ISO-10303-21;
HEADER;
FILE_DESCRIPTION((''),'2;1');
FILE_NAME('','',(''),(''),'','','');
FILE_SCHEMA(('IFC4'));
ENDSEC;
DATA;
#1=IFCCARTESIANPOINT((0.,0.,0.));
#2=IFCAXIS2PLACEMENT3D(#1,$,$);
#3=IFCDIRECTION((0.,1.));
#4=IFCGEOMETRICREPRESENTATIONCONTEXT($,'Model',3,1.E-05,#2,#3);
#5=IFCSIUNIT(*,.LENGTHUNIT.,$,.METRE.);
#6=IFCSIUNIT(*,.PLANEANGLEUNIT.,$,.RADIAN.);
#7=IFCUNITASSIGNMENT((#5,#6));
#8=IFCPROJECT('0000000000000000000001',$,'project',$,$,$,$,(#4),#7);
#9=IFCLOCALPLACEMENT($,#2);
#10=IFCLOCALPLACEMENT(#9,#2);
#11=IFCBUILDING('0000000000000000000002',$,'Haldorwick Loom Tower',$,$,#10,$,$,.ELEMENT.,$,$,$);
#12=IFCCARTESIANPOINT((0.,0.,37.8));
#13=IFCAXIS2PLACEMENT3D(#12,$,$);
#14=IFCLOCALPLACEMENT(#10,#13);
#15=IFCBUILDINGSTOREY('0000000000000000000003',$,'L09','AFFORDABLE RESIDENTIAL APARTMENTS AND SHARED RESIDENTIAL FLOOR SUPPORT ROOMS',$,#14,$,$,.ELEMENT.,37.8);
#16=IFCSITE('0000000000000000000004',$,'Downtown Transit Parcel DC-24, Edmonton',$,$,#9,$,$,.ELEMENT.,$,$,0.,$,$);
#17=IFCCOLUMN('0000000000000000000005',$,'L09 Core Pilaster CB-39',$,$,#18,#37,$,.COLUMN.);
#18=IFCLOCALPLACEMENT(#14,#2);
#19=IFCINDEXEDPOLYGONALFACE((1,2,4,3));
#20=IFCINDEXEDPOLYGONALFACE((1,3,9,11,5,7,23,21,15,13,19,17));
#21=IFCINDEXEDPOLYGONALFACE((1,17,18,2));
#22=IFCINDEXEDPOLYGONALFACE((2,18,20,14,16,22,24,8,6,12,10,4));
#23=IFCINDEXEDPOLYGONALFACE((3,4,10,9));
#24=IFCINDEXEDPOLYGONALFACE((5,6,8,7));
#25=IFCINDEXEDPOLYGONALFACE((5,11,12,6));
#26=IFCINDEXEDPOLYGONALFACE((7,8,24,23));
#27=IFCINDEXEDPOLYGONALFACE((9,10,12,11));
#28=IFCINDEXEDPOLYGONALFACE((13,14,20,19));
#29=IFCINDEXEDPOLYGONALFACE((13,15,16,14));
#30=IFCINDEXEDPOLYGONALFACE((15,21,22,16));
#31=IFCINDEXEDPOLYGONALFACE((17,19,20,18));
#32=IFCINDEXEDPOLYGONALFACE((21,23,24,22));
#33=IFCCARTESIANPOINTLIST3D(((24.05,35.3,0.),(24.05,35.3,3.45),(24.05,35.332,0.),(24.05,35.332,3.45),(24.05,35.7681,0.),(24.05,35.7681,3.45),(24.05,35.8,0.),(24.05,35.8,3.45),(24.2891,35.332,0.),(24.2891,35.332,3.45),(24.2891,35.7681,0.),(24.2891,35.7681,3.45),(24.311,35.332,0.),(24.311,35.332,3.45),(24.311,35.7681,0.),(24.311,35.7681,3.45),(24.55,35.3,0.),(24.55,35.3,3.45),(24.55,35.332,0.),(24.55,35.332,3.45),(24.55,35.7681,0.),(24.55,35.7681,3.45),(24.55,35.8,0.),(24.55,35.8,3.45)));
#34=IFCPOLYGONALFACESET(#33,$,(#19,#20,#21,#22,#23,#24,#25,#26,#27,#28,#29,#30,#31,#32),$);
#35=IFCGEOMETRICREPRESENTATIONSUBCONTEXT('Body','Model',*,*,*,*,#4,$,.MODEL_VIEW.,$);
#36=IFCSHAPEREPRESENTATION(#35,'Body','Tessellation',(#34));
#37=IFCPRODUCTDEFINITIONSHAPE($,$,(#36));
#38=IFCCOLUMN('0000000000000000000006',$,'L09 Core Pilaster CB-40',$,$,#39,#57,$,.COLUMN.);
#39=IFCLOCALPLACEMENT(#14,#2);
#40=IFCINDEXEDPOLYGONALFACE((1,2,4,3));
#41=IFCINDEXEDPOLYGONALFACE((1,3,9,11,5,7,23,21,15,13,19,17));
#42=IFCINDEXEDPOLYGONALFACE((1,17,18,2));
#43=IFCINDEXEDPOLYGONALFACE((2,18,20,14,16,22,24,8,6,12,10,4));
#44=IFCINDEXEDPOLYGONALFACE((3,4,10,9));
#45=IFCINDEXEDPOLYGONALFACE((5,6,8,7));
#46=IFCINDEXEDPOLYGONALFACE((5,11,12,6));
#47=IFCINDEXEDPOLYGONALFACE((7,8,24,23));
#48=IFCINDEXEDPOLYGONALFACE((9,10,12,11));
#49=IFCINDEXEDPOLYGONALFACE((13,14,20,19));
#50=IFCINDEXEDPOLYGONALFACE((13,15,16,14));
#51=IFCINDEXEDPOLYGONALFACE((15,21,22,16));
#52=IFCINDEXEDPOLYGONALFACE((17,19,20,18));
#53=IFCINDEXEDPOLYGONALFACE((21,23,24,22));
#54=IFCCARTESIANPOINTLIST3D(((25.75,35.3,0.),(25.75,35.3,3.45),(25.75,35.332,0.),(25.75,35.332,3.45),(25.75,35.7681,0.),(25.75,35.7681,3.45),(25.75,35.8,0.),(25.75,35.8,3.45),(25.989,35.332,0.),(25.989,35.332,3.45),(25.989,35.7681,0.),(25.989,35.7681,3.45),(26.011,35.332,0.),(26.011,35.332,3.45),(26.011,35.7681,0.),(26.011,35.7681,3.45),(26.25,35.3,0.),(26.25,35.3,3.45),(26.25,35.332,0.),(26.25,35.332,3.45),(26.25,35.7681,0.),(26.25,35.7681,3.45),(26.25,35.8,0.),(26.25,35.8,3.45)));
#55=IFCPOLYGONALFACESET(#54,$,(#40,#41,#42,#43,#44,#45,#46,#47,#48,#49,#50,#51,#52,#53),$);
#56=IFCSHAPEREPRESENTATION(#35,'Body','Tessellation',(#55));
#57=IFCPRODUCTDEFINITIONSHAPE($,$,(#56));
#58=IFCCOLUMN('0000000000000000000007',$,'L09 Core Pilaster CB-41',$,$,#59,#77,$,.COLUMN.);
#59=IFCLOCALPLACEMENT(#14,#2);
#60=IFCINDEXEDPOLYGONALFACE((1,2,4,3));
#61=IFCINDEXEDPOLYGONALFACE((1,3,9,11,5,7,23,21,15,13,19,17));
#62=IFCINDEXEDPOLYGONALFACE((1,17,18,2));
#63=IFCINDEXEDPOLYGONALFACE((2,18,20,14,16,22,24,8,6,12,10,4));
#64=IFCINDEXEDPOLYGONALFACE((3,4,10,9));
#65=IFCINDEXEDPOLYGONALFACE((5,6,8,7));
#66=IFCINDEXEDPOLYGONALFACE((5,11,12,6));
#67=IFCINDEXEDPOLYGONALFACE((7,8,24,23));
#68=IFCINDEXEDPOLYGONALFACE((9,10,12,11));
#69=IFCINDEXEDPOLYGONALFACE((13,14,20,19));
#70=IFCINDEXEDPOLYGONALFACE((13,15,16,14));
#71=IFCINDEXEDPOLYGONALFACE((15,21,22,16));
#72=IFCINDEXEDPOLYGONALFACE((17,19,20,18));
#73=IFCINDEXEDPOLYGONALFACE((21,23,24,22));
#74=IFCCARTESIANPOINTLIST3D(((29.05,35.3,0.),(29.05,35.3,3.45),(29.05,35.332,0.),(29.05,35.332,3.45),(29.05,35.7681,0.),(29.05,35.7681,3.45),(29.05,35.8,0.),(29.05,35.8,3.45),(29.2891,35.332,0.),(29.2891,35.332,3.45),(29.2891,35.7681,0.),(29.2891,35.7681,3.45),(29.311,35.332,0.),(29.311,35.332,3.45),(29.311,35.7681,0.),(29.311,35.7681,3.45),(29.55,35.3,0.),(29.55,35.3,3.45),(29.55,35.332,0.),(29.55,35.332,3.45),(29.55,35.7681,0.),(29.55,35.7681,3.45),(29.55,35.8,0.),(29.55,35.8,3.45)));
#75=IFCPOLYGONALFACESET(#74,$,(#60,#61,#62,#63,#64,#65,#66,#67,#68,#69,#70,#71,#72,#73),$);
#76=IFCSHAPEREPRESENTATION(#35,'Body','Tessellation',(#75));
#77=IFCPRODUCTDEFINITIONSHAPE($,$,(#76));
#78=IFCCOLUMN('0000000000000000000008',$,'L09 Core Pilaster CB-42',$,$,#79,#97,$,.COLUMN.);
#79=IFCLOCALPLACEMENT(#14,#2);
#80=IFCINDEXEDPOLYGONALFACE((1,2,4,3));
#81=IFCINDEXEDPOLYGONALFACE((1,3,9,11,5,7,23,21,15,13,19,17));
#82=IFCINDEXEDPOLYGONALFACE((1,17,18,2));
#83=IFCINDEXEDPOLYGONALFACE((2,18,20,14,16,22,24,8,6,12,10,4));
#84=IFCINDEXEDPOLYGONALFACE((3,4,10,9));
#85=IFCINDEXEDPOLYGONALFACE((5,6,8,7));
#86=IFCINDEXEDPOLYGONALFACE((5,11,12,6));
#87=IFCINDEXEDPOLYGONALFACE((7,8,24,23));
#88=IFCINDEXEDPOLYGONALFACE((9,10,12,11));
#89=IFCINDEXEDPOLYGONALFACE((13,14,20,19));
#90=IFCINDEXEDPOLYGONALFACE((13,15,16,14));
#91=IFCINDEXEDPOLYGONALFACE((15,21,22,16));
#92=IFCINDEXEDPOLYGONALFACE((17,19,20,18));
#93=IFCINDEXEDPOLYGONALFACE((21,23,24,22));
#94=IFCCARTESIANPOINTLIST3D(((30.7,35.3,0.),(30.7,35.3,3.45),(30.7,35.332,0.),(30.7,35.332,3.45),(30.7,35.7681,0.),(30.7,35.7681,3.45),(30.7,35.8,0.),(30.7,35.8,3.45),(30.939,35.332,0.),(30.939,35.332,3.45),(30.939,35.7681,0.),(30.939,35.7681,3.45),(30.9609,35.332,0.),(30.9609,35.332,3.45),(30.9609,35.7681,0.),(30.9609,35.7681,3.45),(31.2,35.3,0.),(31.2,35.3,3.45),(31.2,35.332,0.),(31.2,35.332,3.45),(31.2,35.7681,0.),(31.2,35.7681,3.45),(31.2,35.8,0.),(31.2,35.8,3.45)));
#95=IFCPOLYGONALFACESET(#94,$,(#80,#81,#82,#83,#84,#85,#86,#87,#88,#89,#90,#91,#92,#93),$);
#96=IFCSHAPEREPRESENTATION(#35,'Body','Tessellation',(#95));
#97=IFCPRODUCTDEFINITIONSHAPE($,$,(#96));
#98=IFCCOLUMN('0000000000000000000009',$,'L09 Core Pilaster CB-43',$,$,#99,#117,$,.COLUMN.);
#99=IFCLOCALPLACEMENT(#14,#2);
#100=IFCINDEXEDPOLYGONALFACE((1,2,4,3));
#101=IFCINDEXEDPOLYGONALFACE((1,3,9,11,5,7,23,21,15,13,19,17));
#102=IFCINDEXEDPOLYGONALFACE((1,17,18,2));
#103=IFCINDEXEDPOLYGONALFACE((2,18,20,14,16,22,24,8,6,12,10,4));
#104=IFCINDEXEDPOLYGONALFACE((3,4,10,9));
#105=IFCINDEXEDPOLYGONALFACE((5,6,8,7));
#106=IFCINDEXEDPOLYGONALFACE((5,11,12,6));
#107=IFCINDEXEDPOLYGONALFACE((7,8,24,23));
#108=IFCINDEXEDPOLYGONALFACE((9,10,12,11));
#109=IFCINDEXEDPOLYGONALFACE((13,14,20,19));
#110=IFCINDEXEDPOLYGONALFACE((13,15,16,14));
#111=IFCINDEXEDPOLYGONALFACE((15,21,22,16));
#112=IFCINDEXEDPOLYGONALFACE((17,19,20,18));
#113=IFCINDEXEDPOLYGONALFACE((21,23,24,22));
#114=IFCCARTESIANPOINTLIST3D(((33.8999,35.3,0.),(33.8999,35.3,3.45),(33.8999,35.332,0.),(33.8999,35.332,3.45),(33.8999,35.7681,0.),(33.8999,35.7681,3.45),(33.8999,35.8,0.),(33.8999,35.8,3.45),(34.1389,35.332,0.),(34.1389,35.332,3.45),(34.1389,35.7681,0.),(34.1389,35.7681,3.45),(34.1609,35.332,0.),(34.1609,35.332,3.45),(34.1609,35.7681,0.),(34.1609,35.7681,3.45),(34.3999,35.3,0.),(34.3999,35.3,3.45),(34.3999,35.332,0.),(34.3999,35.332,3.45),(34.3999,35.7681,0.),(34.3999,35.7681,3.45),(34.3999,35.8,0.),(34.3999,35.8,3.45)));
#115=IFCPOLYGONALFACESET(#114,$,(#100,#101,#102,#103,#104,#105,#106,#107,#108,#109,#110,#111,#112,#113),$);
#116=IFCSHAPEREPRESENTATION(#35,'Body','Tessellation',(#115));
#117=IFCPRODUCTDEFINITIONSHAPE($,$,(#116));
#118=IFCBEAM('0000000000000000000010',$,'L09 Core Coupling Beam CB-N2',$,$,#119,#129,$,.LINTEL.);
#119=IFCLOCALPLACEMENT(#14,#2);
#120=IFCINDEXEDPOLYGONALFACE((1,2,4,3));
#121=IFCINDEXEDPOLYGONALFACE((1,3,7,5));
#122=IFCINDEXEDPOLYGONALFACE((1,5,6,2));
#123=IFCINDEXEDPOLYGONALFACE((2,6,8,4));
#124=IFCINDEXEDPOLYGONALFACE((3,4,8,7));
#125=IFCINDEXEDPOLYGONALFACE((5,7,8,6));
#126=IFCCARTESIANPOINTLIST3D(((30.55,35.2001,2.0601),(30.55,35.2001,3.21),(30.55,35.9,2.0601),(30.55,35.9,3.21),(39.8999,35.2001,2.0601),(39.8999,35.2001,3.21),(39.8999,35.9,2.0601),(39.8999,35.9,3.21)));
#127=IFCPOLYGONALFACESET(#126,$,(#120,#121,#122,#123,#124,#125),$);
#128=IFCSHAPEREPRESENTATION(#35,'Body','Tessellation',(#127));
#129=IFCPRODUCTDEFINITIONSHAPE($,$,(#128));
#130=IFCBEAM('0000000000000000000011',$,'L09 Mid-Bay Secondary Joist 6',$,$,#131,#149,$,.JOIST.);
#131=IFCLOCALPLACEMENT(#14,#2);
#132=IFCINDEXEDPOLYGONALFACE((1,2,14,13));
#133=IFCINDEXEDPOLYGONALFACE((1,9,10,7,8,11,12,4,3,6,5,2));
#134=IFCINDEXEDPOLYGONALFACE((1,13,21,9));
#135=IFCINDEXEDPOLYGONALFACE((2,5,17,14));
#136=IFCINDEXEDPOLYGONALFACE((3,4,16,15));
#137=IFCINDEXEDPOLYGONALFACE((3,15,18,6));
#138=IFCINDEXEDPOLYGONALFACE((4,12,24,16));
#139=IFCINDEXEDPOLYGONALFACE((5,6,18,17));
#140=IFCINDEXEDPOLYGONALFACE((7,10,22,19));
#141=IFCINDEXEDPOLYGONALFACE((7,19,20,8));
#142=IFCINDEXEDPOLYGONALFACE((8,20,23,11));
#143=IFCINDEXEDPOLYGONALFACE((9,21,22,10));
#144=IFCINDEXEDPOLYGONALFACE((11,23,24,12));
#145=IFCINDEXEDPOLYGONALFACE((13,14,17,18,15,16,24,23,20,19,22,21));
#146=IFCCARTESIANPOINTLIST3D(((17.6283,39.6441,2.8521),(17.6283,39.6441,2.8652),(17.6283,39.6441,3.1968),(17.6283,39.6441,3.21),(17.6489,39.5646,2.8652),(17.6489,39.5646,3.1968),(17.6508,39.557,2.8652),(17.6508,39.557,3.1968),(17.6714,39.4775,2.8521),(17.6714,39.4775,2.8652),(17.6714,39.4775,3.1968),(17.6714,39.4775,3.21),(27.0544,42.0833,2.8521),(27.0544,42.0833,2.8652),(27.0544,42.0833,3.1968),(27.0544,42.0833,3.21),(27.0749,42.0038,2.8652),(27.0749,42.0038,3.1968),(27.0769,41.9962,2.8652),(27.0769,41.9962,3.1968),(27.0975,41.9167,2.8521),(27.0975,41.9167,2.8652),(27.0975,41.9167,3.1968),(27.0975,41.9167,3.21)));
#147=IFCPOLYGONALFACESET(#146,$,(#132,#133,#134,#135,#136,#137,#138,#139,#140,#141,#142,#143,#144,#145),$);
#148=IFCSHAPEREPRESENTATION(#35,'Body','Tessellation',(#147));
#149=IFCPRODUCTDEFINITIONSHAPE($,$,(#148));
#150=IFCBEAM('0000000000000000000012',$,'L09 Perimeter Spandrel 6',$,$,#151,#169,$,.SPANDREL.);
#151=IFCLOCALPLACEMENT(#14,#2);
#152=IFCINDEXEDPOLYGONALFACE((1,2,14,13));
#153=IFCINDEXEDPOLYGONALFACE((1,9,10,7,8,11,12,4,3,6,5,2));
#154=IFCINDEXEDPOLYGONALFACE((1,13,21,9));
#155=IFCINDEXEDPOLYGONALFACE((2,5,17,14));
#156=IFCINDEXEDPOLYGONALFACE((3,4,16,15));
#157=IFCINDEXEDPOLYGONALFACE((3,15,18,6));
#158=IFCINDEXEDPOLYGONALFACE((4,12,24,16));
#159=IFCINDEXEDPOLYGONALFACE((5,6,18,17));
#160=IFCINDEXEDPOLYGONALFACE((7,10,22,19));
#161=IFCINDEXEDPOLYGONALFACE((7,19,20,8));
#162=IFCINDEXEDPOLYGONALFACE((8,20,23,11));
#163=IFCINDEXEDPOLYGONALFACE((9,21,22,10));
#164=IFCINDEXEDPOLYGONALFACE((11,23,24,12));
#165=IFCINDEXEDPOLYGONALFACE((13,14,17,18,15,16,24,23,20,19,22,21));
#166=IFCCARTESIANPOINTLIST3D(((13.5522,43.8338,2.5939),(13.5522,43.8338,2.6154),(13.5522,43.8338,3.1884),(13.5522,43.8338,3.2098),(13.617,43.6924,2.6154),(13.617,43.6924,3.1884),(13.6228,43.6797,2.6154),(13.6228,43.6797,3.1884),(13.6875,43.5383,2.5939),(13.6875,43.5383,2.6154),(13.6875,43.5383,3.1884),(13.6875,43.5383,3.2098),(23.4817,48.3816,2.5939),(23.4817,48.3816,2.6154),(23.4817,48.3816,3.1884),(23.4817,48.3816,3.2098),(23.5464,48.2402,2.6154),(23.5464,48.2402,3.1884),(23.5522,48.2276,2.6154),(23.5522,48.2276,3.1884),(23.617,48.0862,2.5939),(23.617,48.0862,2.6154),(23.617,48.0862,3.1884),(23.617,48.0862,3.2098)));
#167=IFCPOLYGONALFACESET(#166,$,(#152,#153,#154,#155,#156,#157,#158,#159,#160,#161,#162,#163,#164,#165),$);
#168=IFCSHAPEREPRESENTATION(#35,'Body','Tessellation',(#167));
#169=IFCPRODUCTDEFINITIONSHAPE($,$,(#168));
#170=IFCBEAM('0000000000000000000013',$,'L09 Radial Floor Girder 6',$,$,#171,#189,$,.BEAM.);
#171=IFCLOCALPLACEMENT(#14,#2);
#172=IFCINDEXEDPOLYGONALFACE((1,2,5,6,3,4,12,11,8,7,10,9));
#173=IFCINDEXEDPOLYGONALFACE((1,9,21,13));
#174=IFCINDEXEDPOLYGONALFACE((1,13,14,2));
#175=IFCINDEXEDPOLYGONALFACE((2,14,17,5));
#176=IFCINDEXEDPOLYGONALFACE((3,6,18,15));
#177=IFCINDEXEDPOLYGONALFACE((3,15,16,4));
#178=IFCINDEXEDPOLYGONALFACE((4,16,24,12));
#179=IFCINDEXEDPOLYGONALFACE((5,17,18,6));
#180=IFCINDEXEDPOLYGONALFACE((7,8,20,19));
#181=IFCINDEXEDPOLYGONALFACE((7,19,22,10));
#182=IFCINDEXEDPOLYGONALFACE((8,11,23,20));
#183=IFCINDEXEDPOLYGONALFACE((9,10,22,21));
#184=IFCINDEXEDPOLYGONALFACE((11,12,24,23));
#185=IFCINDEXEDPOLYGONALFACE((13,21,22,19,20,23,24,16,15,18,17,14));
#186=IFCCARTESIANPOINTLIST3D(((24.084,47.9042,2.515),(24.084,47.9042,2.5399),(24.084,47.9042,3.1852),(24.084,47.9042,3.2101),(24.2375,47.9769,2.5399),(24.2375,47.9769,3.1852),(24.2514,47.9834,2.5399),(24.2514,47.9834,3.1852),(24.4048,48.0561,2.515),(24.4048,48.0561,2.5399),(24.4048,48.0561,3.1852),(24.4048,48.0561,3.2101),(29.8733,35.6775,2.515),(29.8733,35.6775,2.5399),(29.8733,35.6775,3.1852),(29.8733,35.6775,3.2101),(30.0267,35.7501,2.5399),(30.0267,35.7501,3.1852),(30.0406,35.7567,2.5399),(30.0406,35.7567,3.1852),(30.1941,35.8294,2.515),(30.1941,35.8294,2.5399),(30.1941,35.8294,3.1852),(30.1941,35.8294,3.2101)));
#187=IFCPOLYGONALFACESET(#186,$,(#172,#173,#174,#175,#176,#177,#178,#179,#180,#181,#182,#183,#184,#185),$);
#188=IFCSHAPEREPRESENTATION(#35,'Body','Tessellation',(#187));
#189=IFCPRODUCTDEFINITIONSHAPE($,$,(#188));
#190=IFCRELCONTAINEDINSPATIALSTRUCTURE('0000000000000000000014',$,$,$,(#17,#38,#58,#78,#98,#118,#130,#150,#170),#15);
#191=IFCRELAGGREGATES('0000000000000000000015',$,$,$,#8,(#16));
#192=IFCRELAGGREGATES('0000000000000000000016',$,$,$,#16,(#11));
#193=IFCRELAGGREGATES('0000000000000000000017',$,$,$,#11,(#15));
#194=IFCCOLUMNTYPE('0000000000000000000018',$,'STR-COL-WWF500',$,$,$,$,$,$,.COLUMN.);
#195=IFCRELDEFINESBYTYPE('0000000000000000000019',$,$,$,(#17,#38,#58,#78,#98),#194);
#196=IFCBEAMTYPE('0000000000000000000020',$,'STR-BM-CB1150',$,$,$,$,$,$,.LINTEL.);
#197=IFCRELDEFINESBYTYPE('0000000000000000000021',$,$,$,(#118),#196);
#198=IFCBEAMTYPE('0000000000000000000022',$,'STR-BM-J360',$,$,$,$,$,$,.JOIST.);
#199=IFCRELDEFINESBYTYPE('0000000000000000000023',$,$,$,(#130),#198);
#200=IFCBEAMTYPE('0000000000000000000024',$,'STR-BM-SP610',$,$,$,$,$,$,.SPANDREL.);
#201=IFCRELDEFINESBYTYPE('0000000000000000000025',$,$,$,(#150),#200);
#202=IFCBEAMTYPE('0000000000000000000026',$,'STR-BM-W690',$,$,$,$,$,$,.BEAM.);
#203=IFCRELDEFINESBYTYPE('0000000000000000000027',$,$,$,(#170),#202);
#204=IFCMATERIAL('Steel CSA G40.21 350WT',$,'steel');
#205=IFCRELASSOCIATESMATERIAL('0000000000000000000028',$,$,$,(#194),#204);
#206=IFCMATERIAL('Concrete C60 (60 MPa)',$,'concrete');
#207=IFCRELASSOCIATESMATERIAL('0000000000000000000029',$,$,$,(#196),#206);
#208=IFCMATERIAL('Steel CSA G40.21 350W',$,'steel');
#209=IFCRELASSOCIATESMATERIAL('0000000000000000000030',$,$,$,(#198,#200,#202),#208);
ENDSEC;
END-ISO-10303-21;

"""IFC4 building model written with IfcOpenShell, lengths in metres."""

from ifc_helpers import new_model, si_unit, direction, frame, origin, origin_2d, place, context, subcontext, project, spatial, rectangle, i_section, extrude, material, material_profile, profile_set, type_object, element, save


model = new_model("IFC4")

# Units and contexts
model_context = context("Model", 3, precision=1e-05, world=origin(), true_north=direction((0.0, 1.0)))
body_context = subcontext(model_context, "Body", "Model", "MODEL_VIEW")
ifc_project = project(units=[si_unit("LENGTHUNIT", "METRE"), si_unit("PLANEANGLEUNIT", "RADIAN")], contexts=[model_context])

# Site, building, storey
site_placement = place(None, origin())
site = spatial("IfcSite", under=ifc_project, at=site_placement, Name="Downtown Transit Parcel DC-24, Edmonton", CompositionType="ELEMENT", RefElevation=0.0)
building_placement = place(site_placement, origin())
building = spatial("IfcBuilding", under=site, at=building_placement, Name="Haldorwick Loom Tower", CompositionType="ELEMENT")
storey_placement = place(building_placement, frame((0.0, 0.0, 37.8)))
storey = spatial("IfcBuildingStorey", under=building, at=storey_placement, Name="L09", Description="AFFORDABLE RESIDENTIAL APARTMENTS AND SHARED RESIDENTIAL FLOOR SUPPORT ROOMS", CompositionType="ELEMENT", Elevation=37.8)

# Columns
ifc_material_1 = material(Name="Concrete C60 (60 MPa)", Category="concrete")
ifc_material_2 = material(Name="Steel CSA G40.21 350WT", Category="steel")
ifc_material_profile_1 = material_profile(ifc_material_2, i_section(OverallWidth=0.5, OverallDepth=0.5, WebThickness=0.022, FlangeThickness=0.032, at=origin_2d()), Name="WWF500X500", Category="steel")
ifc_profile_set_1 = profile_set([ifc_material_profile_1], Name="Steel CSA G40.21 350WT")
column_type_1 = type_object("IfcColumnType", Name="STR-COL-WWF500", PredefinedType="COLUMN", material=ifc_profile_set_1)
for number, where, z_axis, x_axis, name in (
    (1, (24.3, 35.55, 0.0), (0.0, 0.0, 1.0), (1.0, 0.0, 0.0), "L09 Core Pilaster CB-39"),
    (2, (26.0, 35.55, 0.0), (0.0, 0.0, 1.0), (1.0, 0.0, 0.0), "L09 Core Pilaster CB-40"),
    (3, (29.3, 35.55, 0.0), (0.0, 0.0, 1.0), (1.0, 0.0, 0.0), "L09 Core Pilaster CB-41"),
    (4, (30.95, 35.55, 0.0), (0.0, 0.0, 1.0), (1.0, 0.0, 0.0), "L09 Core Pilaster CB-42"),
    (5, (34.1499, 35.55, 0.0), (0.0, 0.0, 1.0), (1.0, 0.0, 0.0), "L09 Core Pilaster CB-43"),
):
    element("IfcColumn", number, at=place(storey_placement, frame(where, z_axis=z_axis, x_axis=x_axis)), inside=storey, type_object=column_type_1, Name=name, PredefinedType="COLUMN", context=body_context, shape_type="SweptSolid", body=[
        extrude(i_section(OverallWidth=0.5, OverallDepth=0.5, WebThickness=0.022, FlangeThickness=0.032, at=origin_2d()), origin(), (0.0, 0.0, 1.0), 3.45),
    ])

# Beams
ifc_material_profile_2 = material_profile(ifc_material_1, rectangle(XDim=0.7, YDim=1.1499, at=origin_2d()), Name="RC700X1150", Category="concrete")
ifc_profile_set_2 = profile_set([ifc_material_profile_2], Name="Concrete C60 (60 MPa)")
beam_type_1 = type_object("IfcBeamType", Name="STR-BM-CB1150", PredefinedType="LINTEL", material=ifc_profile_set_2)
beam_1_placement = place(storey_placement, frame((30.55, 35.55, 2.635), z_axis=(1.0, 0.0, 0.0), x_axis=(0.0, 1.0, 0.0)))
element("IfcBeam", 6, at=beam_1_placement, inside=storey, type_object=beam_type_1, Name="L09 Core Coupling Beam CB-N2", PredefinedType="LINTEL", context=body_context, shape_type="SweptSolid", body=[
    extrude(rectangle(XDim=0.7, YDim=1.1499, at=origin_2d()), origin(), (0.0, 0.0, 1.0), 9.3499),
])
ifc_material_3 = material(Name="Steel CSA G40.21 350W", Category="steel")
ifc_material_profile_3 = material_profile(ifc_material_3, i_section(OverallWidth=0.1721, OverallDepth=0.3579, WebThickness=0.0078, FlangeThickness=0.0132, at=origin_2d()), Name="W360X57", Category="steel")
ifc_profile_set_3 = profile_set([ifc_material_profile_3], Name="Steel CSA G40.21 350W")
beam_type_2 = type_object("IfcBeamType", Name="STR-BM-J360", PredefinedType="JOIST", material=ifc_profile_set_3)
beam_2_placement = place(storey_placement, frame((27.0759, 42.0, 3.031), z_axis=(-0.968111, -0.250522, 0.0), x_axis=(0.250522, -0.968111, 0.0)))
element("IfcBeam", 7, at=beam_2_placement, inside=storey, type_object=beam_type_2, Name="L09 Mid-Bay Secondary Joist 6", PredefinedType="JOIST", context=body_context, shape_type="SweptSolid", body=[
    extrude(i_section(OverallWidth=0.1721, OverallDepth=0.3579, WebThickness=0.0078, FlangeThickness=0.0132, at=origin_2d()), origin(), (0.0, 0.0, 1.0), 9.7366),
])
ifc_material_profile_4 = material_profile(ifc_material_3, i_section(OverallWidth=0.325, OverallDepth=0.616, WebThickness=0.0139, FlangeThickness=0.0215, at=origin_2d()), Name="W610X174", Category="steel")
ifc_profile_set_4 = profile_set([ifc_material_profile_4], Name="Steel CSA G40.21 350W")
beam_type_3 = type_object("IfcBeamType", Name="STR-BM-SP610", PredefinedType="SPANDREL", material=ifc_profile_set_4)
beam_3_placement = place(storey_placement, frame((23.5493, 48.2339, 2.9019), z_axis=(-0.909174, -0.416417, 0.0), x_axis=(0.416417, -0.909174, 0.0)))
element("IfcBeam", 8, at=beam_3_placement, inside=storey, type_object=beam_type_3, Name="L09 Perimeter Spandrel 6", PredefinedType="SPANDREL", context=body_context, shape_type="SweptSolid", body=[
    extrude(i_section(OverallWidth=0.325, OverallDepth=0.616, WebThickness=0.0139, FlangeThickness=0.0215, at=origin_2d()), origin(), (0.0, 0.0, 1.0), 10.9214),
])
ifc_material_profile_5 = material_profile(ifc_material_3, i_section(OverallWidth=0.355, OverallDepth=0.6951, WebThickness=0.0154, FlangeThickness=0.0249, at=origin_2d()), Name="W690X217", Category="steel")
ifc_profile_set_5 = profile_set([ifc_material_profile_5], Name="Steel CSA G40.21 350W")
beam_type_4 = type_object("IfcBeamType", Name="STR-BM-W690", PredefinedType="BEAM", material=ifc_profile_set_5)
beam_4_placement = place(storey_placement, frame((30.0337, 35.7534, 2.8625), z_axis=(-0.427945, 0.903805, 0.0), x_axis=(-0.903805, -0.427945, 0.0)))
element("IfcBeam", 9, at=beam_4_placement, inside=storey, type_object=beam_type_4, Name="L09 Radial Floor Girder 6", PredefinedType="BEAM", context=body_context, shape_type="SweptSolid", body=[
    extrude(i_section(OverallWidth=0.355, OverallDepth=0.6951, WebThickness=0.0154, FlangeThickness=0.0249, at=origin_2d()), origin(), (0.0, 0.0, 1.0), 13.5281),
])

save(model, "model.ifc")
